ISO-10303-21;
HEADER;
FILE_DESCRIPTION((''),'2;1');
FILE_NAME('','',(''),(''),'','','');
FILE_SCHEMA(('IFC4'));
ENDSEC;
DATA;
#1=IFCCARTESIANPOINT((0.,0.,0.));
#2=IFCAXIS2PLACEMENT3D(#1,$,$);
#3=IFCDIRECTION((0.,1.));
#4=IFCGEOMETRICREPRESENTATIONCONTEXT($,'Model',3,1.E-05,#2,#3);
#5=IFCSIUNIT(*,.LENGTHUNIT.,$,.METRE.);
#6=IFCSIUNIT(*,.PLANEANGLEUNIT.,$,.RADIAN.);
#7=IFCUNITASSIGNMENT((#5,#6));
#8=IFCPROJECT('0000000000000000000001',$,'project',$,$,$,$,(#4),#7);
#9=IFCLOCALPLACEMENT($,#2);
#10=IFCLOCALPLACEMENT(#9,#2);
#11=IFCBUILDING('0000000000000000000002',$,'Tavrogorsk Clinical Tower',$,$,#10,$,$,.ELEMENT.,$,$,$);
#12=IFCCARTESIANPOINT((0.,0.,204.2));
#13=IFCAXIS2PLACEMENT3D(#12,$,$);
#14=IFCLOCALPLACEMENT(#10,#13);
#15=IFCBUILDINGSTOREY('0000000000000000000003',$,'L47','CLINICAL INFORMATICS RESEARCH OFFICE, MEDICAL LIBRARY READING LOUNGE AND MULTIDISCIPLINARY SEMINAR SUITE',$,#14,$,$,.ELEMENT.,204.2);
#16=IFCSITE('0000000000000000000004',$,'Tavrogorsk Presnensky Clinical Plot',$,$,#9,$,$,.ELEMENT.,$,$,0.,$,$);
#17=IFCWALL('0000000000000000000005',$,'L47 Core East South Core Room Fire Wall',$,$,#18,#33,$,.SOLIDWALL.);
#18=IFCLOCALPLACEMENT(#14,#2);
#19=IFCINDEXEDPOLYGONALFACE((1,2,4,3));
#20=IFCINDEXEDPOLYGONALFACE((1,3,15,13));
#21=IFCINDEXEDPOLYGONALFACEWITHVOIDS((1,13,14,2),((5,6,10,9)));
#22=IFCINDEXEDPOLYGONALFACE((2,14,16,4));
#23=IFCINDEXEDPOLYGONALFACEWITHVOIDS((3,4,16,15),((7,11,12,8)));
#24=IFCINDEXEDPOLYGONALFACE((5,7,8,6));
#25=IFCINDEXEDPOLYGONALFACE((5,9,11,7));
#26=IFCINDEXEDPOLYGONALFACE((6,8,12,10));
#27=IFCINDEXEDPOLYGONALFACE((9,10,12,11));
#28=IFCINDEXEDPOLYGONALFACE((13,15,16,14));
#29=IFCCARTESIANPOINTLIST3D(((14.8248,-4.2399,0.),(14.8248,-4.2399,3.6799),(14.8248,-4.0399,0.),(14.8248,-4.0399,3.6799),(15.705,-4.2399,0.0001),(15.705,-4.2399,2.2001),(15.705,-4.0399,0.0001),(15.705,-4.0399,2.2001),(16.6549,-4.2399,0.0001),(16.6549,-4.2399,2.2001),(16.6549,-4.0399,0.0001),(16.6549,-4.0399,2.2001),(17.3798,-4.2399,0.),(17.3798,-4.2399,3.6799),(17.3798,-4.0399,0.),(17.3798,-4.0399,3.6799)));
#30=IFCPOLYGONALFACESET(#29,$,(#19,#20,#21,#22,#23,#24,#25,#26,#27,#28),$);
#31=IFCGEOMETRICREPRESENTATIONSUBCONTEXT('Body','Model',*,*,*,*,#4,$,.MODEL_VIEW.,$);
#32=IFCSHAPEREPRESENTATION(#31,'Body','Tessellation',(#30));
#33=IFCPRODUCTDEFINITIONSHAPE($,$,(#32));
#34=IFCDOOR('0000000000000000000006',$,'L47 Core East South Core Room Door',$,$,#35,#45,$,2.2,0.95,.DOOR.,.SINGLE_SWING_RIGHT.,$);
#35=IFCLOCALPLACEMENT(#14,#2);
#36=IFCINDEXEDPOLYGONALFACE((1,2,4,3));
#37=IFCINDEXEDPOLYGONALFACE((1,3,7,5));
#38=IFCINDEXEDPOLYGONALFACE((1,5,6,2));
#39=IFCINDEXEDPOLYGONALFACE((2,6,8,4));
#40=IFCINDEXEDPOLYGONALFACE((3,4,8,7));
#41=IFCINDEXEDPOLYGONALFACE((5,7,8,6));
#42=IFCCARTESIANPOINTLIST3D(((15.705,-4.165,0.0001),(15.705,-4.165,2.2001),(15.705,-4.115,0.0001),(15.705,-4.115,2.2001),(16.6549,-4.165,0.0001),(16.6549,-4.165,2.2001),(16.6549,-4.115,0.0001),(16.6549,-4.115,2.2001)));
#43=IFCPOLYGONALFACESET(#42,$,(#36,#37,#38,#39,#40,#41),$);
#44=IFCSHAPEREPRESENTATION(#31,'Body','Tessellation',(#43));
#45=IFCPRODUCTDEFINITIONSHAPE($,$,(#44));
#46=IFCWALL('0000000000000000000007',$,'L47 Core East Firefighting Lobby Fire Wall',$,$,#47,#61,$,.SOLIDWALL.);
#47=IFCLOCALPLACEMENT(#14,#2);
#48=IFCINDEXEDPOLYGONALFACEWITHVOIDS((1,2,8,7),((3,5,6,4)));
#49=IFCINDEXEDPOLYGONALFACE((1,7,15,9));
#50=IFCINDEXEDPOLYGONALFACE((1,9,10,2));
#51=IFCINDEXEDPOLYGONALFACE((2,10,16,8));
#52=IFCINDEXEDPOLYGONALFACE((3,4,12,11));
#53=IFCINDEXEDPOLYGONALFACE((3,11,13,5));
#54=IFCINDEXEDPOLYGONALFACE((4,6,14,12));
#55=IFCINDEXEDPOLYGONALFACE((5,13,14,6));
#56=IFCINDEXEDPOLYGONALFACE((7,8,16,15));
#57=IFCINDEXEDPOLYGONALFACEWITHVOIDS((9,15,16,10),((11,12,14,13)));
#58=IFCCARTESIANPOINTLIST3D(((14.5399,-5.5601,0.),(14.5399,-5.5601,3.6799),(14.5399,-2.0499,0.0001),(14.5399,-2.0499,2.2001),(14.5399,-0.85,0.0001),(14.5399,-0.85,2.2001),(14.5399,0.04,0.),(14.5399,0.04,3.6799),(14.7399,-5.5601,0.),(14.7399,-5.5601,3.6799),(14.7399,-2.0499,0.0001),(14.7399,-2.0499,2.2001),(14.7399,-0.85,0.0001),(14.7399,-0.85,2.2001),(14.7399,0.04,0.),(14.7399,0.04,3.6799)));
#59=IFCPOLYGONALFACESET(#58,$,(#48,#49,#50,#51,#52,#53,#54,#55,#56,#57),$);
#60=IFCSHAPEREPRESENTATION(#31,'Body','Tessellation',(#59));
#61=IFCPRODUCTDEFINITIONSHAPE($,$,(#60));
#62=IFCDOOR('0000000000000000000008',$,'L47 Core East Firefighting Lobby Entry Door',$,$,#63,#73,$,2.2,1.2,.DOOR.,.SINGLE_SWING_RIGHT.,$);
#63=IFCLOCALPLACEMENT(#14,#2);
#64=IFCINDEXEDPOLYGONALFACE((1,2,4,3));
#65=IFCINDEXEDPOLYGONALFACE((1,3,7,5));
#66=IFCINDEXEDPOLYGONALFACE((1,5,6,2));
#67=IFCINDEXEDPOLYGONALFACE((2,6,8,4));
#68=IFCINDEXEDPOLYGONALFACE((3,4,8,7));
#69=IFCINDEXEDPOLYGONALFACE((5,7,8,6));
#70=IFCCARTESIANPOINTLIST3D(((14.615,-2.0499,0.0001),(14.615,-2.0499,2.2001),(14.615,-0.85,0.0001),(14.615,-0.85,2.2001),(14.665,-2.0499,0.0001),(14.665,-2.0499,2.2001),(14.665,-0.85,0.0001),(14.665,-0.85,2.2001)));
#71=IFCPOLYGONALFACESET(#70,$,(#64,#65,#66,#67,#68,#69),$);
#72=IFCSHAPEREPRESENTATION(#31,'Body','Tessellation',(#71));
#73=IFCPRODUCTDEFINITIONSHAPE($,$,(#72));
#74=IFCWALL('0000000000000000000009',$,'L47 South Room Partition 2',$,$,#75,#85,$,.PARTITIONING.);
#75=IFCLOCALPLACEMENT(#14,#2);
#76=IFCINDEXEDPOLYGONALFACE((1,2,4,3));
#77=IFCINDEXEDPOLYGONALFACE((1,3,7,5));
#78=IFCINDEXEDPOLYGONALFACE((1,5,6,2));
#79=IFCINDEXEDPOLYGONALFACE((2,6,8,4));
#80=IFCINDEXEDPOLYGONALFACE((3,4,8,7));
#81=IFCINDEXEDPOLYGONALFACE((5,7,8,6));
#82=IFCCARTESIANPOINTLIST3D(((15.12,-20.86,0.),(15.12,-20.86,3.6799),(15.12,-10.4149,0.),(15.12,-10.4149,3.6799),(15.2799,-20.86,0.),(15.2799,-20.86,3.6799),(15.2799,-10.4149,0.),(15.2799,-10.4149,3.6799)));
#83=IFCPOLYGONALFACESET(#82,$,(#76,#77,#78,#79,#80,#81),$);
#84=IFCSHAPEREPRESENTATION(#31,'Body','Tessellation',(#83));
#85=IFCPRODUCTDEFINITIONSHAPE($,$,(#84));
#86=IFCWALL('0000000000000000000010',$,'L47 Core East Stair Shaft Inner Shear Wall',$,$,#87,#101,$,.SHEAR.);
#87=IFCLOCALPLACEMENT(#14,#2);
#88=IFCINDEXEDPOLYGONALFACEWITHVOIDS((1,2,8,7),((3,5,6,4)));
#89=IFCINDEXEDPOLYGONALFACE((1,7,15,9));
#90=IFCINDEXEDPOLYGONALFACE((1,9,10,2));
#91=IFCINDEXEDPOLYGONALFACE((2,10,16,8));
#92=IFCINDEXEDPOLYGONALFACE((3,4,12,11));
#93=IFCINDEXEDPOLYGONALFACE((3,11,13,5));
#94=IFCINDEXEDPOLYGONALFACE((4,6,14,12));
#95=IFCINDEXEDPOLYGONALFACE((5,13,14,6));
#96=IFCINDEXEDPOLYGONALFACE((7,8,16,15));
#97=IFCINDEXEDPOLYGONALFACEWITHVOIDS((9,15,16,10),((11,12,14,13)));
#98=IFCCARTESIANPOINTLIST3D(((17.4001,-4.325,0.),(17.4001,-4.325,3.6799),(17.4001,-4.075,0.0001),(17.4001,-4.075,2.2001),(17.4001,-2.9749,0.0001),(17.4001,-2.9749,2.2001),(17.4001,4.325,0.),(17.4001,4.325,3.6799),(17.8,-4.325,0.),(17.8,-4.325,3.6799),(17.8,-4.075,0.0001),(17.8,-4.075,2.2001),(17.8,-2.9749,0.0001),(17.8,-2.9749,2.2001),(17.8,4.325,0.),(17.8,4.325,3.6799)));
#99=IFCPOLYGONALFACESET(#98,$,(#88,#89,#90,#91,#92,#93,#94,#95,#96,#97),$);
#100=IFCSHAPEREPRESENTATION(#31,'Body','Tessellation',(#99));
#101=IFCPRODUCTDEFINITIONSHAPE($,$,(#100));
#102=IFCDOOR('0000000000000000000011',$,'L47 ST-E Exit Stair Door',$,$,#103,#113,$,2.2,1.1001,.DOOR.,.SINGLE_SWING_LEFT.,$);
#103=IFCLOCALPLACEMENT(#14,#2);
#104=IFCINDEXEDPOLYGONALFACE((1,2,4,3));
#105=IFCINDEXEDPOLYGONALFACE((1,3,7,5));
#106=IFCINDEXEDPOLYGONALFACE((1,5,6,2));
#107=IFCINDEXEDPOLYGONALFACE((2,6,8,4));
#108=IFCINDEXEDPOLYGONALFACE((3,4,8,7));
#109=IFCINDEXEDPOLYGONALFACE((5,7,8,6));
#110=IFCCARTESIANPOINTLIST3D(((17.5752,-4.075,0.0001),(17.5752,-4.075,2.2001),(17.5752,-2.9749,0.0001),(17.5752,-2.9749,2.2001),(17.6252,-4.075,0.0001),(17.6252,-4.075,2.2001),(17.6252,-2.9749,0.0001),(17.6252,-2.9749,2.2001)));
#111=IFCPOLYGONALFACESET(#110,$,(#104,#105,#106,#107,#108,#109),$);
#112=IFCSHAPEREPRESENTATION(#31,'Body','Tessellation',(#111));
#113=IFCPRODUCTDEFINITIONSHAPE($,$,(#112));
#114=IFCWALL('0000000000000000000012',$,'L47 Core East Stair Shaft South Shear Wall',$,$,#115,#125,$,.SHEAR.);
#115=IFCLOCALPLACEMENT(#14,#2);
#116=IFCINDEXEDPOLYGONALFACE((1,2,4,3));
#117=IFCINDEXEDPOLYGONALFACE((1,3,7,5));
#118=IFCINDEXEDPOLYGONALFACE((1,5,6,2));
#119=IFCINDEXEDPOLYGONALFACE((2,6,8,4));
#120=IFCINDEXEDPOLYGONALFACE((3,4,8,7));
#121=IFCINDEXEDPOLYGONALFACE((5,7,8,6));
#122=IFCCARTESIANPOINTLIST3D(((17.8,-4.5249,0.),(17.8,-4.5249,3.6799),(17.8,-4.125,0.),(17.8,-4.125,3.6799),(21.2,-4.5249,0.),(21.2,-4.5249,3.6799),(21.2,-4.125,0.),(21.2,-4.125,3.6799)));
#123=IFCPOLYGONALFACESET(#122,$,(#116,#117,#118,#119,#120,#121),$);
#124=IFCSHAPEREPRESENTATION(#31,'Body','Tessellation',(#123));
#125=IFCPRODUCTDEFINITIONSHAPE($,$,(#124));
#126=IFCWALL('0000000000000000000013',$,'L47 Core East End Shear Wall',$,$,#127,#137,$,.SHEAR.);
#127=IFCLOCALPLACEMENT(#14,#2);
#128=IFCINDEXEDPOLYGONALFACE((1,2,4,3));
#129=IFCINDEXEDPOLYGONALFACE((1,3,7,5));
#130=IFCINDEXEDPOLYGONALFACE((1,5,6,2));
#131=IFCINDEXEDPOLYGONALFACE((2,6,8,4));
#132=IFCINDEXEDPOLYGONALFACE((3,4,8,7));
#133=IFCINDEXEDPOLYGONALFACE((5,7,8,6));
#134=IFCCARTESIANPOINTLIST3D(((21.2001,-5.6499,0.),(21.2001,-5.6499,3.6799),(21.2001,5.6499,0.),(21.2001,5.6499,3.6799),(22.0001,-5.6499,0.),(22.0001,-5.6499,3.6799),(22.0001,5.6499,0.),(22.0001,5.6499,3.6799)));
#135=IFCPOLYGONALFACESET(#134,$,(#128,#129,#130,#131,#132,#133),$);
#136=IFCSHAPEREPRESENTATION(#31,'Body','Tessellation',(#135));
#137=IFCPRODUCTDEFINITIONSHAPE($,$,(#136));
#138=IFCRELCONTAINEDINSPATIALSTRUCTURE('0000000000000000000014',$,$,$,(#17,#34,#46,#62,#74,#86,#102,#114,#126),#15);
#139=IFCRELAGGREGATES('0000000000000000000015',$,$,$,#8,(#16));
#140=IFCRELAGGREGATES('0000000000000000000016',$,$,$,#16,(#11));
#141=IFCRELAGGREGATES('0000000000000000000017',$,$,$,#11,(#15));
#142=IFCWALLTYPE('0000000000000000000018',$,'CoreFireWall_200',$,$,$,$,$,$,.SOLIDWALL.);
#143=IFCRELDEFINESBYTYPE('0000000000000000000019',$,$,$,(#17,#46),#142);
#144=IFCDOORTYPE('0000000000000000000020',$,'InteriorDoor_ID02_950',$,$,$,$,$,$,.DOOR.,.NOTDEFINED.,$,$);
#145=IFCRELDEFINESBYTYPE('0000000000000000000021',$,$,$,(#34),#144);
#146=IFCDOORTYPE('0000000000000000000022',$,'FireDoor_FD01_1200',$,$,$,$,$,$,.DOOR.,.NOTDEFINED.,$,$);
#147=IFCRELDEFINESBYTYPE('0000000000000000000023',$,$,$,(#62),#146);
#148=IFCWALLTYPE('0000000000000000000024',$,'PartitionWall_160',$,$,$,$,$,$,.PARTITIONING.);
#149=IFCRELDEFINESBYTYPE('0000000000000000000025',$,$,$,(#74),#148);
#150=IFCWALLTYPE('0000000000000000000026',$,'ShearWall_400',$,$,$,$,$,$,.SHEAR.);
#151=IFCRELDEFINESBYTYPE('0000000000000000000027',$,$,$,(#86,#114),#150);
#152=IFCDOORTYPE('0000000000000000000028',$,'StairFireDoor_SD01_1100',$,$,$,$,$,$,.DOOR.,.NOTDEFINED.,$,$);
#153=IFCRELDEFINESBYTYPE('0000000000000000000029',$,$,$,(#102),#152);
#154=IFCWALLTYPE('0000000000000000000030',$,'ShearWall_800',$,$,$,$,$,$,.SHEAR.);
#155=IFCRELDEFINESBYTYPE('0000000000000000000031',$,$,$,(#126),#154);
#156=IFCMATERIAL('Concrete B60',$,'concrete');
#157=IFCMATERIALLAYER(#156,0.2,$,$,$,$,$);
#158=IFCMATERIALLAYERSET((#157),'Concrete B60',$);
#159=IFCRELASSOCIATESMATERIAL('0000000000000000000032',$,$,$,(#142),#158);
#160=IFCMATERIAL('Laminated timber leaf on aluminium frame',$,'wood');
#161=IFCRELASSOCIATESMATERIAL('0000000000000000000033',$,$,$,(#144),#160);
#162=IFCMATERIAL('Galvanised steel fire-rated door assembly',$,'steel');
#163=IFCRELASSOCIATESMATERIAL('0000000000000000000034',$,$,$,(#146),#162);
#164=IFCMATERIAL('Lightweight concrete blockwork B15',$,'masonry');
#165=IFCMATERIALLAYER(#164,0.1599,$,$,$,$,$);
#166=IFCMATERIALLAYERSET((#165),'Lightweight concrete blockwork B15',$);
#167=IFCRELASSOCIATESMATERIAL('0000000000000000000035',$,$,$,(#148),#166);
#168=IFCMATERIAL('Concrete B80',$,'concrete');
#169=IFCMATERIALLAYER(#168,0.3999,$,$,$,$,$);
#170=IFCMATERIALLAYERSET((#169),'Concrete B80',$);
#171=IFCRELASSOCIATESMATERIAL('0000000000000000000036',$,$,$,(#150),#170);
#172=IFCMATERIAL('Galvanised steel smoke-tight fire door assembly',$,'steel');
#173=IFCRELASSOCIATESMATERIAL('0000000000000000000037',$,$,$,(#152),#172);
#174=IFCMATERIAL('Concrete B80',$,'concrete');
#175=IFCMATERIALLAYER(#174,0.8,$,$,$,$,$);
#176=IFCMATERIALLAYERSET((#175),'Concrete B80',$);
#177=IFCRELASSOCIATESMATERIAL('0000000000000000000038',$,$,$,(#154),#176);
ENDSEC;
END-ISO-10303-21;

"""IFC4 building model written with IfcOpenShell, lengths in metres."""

from ifc_helpers import new_model, si_unit, direction, frame, frame_2d, origin, place, context, subcontext, project, spatial, rectangle, extrude, material, layer, layer_set, type_object, element, fill, save


model = new_model("IFC4")

# Units and contexts
model_context = context("Model", 3, precision=1e-05, world=origin(), true_north=direction((0.0, 1.0)))
body_context = subcontext(model_context, "Body", "Model", "MODEL_VIEW")
ifc_project = project(units=[si_unit("LENGTHUNIT", "METRE"), si_unit("PLANEANGLEUNIT", "RADIAN")], contexts=[model_context])

# Site, building, storey
site_placement = place(None, origin())
site = spatial("IfcSite", under=ifc_project, at=site_placement, Name="Tavrogorsk Presnensky Clinical Plot", CompositionType="ELEMENT", RefElevation=0.0)
building_placement = place(site_placement, origin())
building = spatial("IfcBuilding", under=site, at=building_placement, Name="Tavrogorsk Clinical Tower", CompositionType="ELEMENT")
storey_placement = place(building_placement, frame((0.0, 0.0, 204.2)))
storey = spatial("IfcBuildingStorey", under=building, at=storey_placement, Name="L47", Description="CLINICAL INFORMATICS RESEARCH OFFICE, MEDICAL LIBRARY READING LOUNGE AND MULTIDISCIPLINARY SEMINAR SUITE", CompositionType="ELEMENT", Elevation=204.2)

# Walls, openings, doors
ifc_material_1 = material(Name="Concrete B60", Category="concrete")
ifc_layer_1 = layer(ifc_material_1, 0.2)
ifc_layer_set_1 = layer_set([ifc_layer_1], Name="Concrete B60")
wall_type_1 = type_object("IfcWallType", Name="CoreFireWall_200", PredefinedType="SOLIDWALL", material=ifc_layer_set_1)
wall_1_placement = place(storey_placement, frame((14.825, -4.1399, 0.0), z_axis=(0.0, 0.0, 1.0), x_axis=(1.0, 0.0, 0.0)))
wall_1 = element("IfcWall", 1, at=wall_1_placement, inside=storey, type_object=wall_type_1, Name="L47 Core East South Core Room Fire Wall", PredefinedType="SOLIDWALL", context=body_context, shape_type="SweptSolid", body=[
    extrude(rectangle(XDim=2.5549, YDim=0.2, at=frame_2d((1.2773, 0.0))), origin(), (0.0, 0.0, 1.0), 3.6799),
])
opening_1_placement = place(wall_1_placement, frame((0.8799, 0.0, 0.0)))
opening_1 = element("IfcOpeningElement", 2, at=opening_1_placement, cuts=wall_1, PredefinedType="OPENING", context=body_context, shape_type="SweptSolid", body=[
    extrude(rectangle(XDim=0.95, YDim=2.2, at=frame_2d((0.4751, 1.1001))), frame((0.0, 0.1099, 0.0), z_axis=(0.0, -1.0, 0.0), x_axis=(1.0, 0.0, 0.0)), (0.0, 0.0, 1.0), 0.22),
])
ifc_material_2 = material(Name="Laminated timber leaf on aluminium frame", Category="wood")
door_type_1 = type_object("IfcDoorType", Name="InteriorDoor_ID02_950", OperationType="NOTDEFINED", PredefinedType="DOOR", material=ifc_material_2)
door_1_placement = place(opening_1_placement, origin())
door_1 = element("IfcDoor", 3, at=door_1_placement, inside=storey, type_object=door_type_1, Name="L47 Core East South Core Room Door", OperationType="SINGLE_SWING_RIGHT", OverallHeight=2.2, OverallWidth=0.95, PredefinedType="DOOR", context=body_context, shape_type="SweptSolid", body=[
    extrude(rectangle(XDim=0.95, YDim=2.2, at=frame_2d((0.4751, 1.1001))), frame((0.0, 0.0249, 0.0), z_axis=(0.0, -1.0, 0.0), x_axis=(1.0, 0.0, 0.0)), (0.0, 0.0, 1.0), 0.05),
])
fill(opening_1, door_1)
wall_2_placement = place(storey_placement, frame((14.6399, -5.5601, 0.0), z_axis=(0.0, 0.0, 1.0), x_axis=(0.0, 1.0, 0.0)))
wall_2 = element("IfcWall", 4, at=wall_2_placement, inside=storey, type_object=wall_type_1, Name="L47 Core East Firefighting Lobby Fire Wall", PredefinedType="SOLIDWALL", context=body_context, shape_type="SweptSolid", body=[
    extrude(rectangle(XDim=5.6001, YDim=0.2, at=frame_2d((2.8, 0.0))), origin(), (0.0, 0.0, 1.0), 3.6799),
])
opening_2_placement = place(wall_2_placement, frame((3.51, 0.0, 0.0)))
opening_2 = element("IfcOpeningElement", 5, at=opening_2_placement, cuts=wall_2, PredefinedType="OPENING", context=body_context, shape_type="SweptSolid", body=[
    extrude(rectangle(XDim=1.2, YDim=2.2, at=frame_2d((0.6001, 1.1001))), frame((0.0, 0.1099, 0.0), z_axis=(0.0, -1.0, 0.0), x_axis=(1.0, 0.0, 0.0)), (0.0, 0.0, 1.0), 0.22),
])
ifc_material_3 = material(Name="Galvanised steel fire-rated door assembly", Category="steel")
door_type_2 = type_object("IfcDoorType", Name="FireDoor_FD01_1200", OperationType="NOTDEFINED", PredefinedType="DOOR", material=ifc_material_3)
door_2_placement = place(opening_2_placement, origin())
door_2 = element("IfcDoor", 6, at=door_2_placement, inside=storey, type_object=door_type_2, Name="L47 Core East Firefighting Lobby Entry Door", OperationType="SINGLE_SWING_RIGHT", OverallHeight=2.2, OverallWidth=1.2, PredefinedType="DOOR", context=body_context, shape_type="SweptSolid", body=[
    extrude(rectangle(XDim=1.2, YDim=2.2, at=frame_2d((0.6001, 1.1001))), frame((0.0, 0.0249, 0.0), z_axis=(0.0, -1.0, 0.0), x_axis=(1.0, 0.0, 0.0)), (0.0, 0.0, 1.0), 0.05),
])
fill(opening_2, door_2)

# Wall
ifc_material_4 = material(Name="Lightweight concrete blockwork B15", Category="masonry")
ifc_layer_2 = layer(ifc_material_4, 0.1599)
ifc_layer_set_2 = layer_set([ifc_layer_2], Name="Lightweight concrete blockwork B15")
wall_type_2 = type_object("IfcWallType", Name="PartitionWall_160", PredefinedType="PARTITIONING", material=ifc_layer_set_2)
wall_3_placement = place(storey_placement, frame((15.2, -20.8601, 0.0), z_axis=(0.0, 0.0, 1.0), x_axis=(0.0, 1.0, 0.0)))
element("IfcWall", 7, at=wall_3_placement, inside=storey, type_object=wall_type_2, Name="L47 South Room Partition 2", PredefinedType="PARTITIONING", context=body_context, shape_type="SweptSolid", body=[
    extrude(rectangle(XDim=10.4451, YDim=0.1599, at=frame_2d((5.2227, 0.0))), origin(), (0.0, 0.0, 1.0), 3.6799),
])

# Wall, opening, door
ifc_material_5 = material(Name="Concrete B80", Category="concrete")
ifc_layer_3 = layer(ifc_material_5, 0.3999)
ifc_layer_set_3 = layer_set([ifc_layer_3], Name="Concrete B80")
wall_type_3 = type_object("IfcWallType", Name="ShearWall_400", PredefinedType="SHEAR", material=ifc_layer_set_3)
wall_4_placement = place(storey_placement, frame((17.6001, -4.325, 0.0), z_axis=(0.0, 0.0, 1.0), x_axis=(0.0, 1.0, 0.0)))
wall_4 = element("IfcWall", 8, at=wall_4_placement, inside=storey, type_object=wall_type_3, Name="L47 Core East Stair Shaft Inner Shear Wall", PredefinedType="SHEAR", context=body_context, shape_type="SweptSolid", body=[
    extrude(rectangle(XDim=8.6499, YDim=0.3999, at=frame_2d((4.325, 0.0))), origin(), (0.0, 0.0, 1.0), 3.6799),
])
opening_3_placement = place(wall_4_placement, frame((0.25, 0.0, 0.0)))
opening_3 = element("IfcOpeningElement", 9, at=opening_3_placement, cuts=wall_4, PredefinedType="OPENING", context=body_context, shape_type="SweptSolid", body=[
    extrude(rectangle(XDim=1.1001, YDim=2.2, at=frame_2d((0.55, 1.1001))), frame((0.0, 0.21, 0.0), z_axis=(0.0, -1.0, 0.0), x_axis=(1.0, 0.0, 0.0)), (0.0, 0.0, 1.0), 0.4199),
])
ifc_material_6 = material(Name="Galvanised steel smoke-tight fire door assembly", Category="steel")
door_type_3 = type_object("IfcDoorType", Name="StairFireDoor_SD01_1100", OperationType="NOTDEFINED", PredefinedType="DOOR", material=ifc_material_6)
door_3_placement = place(opening_3_placement, origin())
door_3 = element("IfcDoor", 10, at=door_3_placement, inside=storey, type_object=door_type_3, Name="L47 ST-E Exit Stair Door", OperationType="SINGLE_SWING_LEFT", OverallHeight=2.2, OverallWidth=1.1001, PredefinedType="DOOR", context=body_context, shape_type="SweptSolid", body=[
    extrude(rectangle(XDim=1.1001, YDim=2.2, at=frame_2d((0.55, 1.1001))), frame((0.0, 0.0249, 0.0), z_axis=(0.0, -1.0, 0.0), x_axis=(1.0, 0.0, 0.0)), (0.0, 0.0, 1.0), 0.05),
])
fill(opening_3, door_3)

# Walls
wall_5_placement = place(storey_placement, frame((17.8, -4.325, 0.0), z_axis=(0.0, 0.0, 1.0), x_axis=(1.0, 0.0, 0.0)))
element("IfcWall", 11, at=wall_5_placement, inside=storey, type_object=wall_type_3, Name="L47 Core East Stair Shaft South Shear Wall", PredefinedType="SHEAR", context=body_context, shape_type="SweptSolid", body=[
    extrude(rectangle(XDim=3.3999, YDim=0.3999, at=frame_2d((1.7, 0.0))), origin(), (0.0, 0.0, 1.0), 3.6799),
])
ifc_material_7 = material(Name="Concrete B80", Category="concrete")
ifc_layer_4 = layer(ifc_material_7, 0.8)
ifc_layer_set_4 = layer_set([ifc_layer_4], Name="Concrete B80")
wall_type_4 = type_object("IfcWallType", Name="ShearWall_800", PredefinedType="SHEAR", material=ifc_layer_set_4)
wall_6_placement = place(storey_placement, frame((21.6001, -5.6499, 0.0), z_axis=(0.0, 0.0, 1.0), x_axis=(0.0, 1.0, 0.0)))
element("IfcWall", 12, at=wall_6_placement, inside=storey, type_object=wall_type_4, Name="L47 Core East End Shear Wall", PredefinedType="SHEAR", context=body_context, shape_type="SweptSolid", body=[
    extrude(rectangle(XDim=11.2998, YDim=0.8, at=frame_2d((5.6499, 0.0))), origin(), (0.0, 0.0, 1.0), 3.6799),
])

save(model, "model.ifc")
